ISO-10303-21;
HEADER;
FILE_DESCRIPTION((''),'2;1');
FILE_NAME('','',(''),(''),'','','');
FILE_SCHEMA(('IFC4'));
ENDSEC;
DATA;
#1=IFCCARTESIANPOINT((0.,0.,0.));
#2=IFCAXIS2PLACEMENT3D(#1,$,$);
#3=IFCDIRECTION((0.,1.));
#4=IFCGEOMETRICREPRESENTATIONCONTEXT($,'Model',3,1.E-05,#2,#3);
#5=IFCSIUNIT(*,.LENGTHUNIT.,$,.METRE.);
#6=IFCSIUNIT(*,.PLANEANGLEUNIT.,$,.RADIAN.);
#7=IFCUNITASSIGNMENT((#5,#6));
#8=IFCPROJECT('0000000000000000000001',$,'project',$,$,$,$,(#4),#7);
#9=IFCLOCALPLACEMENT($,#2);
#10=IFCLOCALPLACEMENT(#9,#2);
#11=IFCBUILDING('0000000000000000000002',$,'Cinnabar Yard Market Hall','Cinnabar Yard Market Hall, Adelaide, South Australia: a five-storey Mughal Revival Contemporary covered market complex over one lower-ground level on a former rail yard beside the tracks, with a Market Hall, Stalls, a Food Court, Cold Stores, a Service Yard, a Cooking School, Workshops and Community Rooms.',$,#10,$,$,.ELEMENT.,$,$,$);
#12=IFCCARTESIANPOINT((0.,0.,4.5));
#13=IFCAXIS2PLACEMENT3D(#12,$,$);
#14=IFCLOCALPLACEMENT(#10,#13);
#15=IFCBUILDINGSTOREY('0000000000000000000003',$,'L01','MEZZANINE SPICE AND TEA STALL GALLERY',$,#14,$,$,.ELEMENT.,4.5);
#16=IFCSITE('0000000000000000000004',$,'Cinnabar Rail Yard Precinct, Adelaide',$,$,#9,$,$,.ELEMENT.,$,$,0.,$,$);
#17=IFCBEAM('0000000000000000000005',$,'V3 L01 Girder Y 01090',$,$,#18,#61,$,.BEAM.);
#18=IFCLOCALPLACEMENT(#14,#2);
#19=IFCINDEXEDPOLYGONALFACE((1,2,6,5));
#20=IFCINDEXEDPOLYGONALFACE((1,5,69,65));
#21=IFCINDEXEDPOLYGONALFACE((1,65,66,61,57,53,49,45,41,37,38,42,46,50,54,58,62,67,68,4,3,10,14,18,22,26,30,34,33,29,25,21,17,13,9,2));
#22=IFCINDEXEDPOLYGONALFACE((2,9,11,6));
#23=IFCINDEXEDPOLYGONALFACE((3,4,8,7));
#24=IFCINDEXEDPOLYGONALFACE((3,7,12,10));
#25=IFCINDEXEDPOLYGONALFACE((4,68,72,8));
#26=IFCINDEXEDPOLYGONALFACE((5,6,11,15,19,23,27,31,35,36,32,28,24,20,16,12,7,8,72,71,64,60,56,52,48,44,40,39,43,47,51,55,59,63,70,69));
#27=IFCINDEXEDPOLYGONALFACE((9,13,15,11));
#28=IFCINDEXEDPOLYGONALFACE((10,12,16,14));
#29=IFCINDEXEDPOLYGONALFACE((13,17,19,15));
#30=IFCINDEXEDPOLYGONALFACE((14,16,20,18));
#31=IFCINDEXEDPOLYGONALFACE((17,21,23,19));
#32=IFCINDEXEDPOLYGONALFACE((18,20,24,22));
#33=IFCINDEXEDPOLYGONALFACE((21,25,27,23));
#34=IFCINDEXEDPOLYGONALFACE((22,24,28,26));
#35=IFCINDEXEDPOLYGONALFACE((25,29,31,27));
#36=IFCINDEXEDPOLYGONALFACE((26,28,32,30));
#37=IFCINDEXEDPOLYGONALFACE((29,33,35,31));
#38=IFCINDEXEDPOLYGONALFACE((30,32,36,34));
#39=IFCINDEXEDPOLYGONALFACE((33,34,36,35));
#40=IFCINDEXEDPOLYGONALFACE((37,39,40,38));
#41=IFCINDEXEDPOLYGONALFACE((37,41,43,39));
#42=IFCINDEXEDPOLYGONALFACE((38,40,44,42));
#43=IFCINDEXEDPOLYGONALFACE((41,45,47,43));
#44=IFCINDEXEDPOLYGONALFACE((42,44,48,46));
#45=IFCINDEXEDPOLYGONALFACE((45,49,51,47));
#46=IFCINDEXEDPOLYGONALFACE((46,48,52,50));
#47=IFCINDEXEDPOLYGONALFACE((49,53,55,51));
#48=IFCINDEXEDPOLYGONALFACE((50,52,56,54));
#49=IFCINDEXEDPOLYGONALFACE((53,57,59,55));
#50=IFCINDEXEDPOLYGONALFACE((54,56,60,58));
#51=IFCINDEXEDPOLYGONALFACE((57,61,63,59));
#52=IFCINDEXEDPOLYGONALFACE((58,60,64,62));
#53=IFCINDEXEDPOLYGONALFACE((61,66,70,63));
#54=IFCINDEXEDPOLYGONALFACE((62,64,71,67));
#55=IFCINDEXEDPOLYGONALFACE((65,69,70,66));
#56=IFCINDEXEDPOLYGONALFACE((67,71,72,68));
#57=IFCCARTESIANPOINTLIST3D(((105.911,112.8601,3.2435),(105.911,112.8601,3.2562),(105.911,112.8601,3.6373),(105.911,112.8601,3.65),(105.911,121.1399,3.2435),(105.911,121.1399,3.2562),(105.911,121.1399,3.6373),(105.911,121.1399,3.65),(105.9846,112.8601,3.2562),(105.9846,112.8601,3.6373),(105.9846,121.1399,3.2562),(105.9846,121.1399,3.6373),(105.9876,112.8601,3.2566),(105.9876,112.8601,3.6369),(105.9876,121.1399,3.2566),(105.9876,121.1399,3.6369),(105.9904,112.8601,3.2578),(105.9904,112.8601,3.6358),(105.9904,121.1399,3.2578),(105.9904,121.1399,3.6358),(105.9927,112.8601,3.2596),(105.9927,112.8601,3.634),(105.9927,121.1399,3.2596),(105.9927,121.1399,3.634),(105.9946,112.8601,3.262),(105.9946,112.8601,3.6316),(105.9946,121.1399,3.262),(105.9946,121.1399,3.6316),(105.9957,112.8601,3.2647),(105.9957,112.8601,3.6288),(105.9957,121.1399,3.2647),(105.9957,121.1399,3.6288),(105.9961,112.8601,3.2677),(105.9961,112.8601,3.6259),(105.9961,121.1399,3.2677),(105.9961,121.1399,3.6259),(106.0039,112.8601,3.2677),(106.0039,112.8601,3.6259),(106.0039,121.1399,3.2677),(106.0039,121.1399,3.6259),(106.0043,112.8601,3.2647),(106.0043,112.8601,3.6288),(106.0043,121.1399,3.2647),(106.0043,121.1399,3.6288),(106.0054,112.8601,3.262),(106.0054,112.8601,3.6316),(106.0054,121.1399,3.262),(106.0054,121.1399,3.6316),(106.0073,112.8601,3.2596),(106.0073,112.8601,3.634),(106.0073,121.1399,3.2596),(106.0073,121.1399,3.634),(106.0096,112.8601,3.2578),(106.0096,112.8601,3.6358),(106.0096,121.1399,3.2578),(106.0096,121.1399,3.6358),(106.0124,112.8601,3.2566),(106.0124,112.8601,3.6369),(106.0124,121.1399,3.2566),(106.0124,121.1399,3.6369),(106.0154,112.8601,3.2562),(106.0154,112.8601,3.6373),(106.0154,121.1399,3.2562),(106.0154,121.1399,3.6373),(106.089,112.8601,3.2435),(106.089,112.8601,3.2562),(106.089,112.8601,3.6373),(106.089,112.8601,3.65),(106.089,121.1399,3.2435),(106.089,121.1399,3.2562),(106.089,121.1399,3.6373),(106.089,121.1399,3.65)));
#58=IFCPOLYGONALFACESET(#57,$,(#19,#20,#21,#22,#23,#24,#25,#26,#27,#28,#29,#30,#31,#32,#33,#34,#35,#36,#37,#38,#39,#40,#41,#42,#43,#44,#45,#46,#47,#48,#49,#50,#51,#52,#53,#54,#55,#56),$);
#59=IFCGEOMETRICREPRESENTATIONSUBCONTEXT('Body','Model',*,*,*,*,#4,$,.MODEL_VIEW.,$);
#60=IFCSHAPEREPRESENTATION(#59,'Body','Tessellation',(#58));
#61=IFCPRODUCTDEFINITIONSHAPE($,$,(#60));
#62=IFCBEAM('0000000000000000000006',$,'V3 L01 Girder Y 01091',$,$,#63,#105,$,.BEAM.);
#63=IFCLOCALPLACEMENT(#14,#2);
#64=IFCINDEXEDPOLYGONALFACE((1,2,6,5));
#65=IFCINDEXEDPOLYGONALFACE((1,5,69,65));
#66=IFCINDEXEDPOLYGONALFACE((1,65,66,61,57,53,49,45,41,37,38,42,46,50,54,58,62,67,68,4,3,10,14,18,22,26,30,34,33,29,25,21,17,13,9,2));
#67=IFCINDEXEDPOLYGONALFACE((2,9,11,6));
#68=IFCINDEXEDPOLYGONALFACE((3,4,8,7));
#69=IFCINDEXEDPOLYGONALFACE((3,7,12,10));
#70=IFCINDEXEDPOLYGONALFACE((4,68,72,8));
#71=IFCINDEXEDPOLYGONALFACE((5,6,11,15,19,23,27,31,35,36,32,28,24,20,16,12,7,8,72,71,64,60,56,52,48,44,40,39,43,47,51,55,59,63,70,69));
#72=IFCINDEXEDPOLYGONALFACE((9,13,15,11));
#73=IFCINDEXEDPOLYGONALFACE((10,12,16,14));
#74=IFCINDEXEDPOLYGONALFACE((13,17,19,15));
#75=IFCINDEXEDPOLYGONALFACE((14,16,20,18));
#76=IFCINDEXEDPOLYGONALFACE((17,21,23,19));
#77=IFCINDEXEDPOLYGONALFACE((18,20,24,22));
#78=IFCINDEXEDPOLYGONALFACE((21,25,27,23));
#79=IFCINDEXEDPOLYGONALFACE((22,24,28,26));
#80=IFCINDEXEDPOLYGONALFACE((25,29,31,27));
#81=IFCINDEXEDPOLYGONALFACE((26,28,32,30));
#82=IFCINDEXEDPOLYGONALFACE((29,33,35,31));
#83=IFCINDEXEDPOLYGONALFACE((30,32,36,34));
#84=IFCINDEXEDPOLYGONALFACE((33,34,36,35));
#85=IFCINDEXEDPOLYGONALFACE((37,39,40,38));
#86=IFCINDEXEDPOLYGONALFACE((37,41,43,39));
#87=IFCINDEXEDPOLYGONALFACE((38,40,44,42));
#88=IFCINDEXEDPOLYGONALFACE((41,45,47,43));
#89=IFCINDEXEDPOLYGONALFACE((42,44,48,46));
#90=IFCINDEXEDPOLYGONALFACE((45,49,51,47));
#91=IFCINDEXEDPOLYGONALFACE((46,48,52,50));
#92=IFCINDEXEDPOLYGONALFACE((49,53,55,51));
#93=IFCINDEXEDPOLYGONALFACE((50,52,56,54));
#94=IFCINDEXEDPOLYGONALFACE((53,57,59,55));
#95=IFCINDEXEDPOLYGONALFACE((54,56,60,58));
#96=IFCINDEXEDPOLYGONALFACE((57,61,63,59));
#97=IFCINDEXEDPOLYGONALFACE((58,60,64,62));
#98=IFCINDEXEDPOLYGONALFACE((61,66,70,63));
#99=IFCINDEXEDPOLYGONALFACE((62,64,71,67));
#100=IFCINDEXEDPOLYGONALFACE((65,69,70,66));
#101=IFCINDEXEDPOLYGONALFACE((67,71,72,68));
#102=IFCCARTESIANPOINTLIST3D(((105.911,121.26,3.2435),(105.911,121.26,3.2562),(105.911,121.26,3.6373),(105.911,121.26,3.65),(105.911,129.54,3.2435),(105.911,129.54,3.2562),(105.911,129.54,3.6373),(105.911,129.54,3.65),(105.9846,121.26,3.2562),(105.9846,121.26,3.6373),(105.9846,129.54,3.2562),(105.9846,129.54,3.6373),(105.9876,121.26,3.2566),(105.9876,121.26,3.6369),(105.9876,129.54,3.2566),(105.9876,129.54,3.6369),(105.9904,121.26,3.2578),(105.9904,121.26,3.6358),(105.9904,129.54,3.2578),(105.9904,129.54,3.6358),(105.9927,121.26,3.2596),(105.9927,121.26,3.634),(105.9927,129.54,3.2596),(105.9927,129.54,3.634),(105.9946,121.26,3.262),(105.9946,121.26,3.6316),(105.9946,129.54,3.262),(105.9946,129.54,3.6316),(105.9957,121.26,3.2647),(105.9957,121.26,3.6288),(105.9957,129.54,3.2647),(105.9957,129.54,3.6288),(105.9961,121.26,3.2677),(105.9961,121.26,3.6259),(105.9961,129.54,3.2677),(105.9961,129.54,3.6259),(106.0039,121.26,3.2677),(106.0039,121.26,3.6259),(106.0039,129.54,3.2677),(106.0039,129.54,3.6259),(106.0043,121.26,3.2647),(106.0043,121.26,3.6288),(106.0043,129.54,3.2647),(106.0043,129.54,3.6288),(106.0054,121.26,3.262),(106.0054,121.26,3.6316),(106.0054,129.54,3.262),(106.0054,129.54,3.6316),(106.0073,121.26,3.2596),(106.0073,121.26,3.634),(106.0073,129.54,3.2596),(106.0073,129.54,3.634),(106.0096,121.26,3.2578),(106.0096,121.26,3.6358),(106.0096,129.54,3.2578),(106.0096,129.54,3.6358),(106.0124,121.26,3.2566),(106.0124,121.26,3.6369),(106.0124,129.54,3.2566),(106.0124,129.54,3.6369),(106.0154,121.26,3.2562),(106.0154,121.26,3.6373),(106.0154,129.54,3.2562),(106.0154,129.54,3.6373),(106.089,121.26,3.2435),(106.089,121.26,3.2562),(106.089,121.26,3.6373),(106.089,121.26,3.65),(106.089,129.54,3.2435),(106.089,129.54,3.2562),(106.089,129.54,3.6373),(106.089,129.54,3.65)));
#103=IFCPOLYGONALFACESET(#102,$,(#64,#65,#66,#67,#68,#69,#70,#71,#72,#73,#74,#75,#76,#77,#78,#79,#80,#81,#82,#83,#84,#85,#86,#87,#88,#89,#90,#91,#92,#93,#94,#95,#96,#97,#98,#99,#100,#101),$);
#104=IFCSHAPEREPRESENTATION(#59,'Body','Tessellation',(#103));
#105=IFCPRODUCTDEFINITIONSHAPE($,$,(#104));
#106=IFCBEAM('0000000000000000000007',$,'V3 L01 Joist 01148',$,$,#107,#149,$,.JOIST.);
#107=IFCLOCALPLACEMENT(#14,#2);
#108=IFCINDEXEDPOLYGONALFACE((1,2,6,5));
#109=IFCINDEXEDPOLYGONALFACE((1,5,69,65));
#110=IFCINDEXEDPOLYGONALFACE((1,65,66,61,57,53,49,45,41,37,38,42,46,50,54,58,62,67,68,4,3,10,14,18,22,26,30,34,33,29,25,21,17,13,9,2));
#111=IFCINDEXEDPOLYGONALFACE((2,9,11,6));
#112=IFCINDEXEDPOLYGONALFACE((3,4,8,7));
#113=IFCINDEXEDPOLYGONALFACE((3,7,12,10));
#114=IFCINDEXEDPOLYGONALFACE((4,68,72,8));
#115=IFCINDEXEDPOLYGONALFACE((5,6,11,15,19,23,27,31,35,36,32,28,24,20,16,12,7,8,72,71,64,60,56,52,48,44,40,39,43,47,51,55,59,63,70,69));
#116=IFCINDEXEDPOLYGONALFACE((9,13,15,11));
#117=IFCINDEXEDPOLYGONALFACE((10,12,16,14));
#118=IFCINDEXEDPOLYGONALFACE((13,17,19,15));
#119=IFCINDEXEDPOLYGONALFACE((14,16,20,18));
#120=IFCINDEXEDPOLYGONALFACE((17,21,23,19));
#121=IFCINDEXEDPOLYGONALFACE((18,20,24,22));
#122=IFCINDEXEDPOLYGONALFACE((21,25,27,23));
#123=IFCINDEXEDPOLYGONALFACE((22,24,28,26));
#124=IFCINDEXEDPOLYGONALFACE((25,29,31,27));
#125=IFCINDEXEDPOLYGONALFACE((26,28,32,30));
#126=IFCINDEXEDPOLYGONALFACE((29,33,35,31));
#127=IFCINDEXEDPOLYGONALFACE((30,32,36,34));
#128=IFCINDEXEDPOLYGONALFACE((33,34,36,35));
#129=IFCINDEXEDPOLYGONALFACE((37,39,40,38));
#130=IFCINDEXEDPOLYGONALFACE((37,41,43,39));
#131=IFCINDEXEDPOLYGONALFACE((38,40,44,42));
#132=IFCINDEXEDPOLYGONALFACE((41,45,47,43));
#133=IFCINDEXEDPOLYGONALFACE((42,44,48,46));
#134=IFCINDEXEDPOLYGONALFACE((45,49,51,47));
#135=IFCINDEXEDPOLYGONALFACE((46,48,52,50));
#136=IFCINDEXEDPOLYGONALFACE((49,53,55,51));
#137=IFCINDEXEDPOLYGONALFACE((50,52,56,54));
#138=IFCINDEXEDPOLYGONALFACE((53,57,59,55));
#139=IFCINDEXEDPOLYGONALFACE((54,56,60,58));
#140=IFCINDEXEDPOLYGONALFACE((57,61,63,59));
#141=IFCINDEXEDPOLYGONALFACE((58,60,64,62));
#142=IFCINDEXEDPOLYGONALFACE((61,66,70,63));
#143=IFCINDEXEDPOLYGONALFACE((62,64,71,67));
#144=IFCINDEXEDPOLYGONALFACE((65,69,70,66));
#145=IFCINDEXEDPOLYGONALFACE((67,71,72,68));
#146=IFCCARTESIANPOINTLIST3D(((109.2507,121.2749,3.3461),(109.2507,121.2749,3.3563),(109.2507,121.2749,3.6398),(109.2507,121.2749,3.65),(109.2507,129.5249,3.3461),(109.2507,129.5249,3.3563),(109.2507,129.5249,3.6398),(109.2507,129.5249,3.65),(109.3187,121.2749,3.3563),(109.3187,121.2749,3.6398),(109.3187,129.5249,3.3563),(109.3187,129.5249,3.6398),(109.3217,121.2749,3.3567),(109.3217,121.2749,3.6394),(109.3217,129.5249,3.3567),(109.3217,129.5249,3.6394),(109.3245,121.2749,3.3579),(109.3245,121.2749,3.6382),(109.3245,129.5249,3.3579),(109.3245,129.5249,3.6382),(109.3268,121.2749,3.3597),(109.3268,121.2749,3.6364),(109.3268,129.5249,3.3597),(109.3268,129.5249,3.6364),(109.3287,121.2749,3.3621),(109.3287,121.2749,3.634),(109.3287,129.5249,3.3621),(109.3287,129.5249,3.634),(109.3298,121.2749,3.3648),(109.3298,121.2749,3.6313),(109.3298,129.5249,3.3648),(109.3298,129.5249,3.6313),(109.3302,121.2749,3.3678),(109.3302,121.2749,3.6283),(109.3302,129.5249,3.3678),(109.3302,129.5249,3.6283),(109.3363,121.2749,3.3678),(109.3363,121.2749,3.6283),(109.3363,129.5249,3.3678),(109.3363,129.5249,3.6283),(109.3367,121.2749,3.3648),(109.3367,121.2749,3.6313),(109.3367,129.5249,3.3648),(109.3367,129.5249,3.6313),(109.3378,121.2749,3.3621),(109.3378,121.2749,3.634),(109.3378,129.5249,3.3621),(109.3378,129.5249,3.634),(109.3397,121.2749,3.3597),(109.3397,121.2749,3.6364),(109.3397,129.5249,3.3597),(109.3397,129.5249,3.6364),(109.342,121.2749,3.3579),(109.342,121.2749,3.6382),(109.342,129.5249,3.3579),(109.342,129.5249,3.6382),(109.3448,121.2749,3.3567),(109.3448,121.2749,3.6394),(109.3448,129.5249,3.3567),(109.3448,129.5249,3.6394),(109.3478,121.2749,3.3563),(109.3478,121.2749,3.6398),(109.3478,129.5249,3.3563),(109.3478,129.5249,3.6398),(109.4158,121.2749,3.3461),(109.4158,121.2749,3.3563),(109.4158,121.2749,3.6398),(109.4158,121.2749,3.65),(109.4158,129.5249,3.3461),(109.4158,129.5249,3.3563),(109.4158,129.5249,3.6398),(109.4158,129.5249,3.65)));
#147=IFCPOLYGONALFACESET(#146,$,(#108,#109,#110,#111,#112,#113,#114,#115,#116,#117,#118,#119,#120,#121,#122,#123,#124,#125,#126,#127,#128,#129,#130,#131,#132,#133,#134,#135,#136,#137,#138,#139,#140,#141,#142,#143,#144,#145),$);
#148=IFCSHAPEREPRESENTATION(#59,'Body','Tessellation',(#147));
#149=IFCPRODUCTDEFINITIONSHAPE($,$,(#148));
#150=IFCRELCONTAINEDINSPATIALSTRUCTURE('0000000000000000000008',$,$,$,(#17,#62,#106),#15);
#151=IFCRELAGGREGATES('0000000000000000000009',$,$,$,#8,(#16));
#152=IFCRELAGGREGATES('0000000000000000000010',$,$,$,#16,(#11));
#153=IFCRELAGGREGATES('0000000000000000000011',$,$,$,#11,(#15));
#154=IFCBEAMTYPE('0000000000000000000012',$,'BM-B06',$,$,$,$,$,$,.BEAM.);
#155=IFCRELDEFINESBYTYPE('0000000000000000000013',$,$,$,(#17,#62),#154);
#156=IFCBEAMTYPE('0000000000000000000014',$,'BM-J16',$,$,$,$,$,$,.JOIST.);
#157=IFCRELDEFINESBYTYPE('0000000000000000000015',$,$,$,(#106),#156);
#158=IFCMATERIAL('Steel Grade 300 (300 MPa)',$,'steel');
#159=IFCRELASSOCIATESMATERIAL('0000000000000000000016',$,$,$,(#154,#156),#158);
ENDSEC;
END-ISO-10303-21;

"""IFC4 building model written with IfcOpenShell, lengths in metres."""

from ifc_helpers import new_model, si_unit, direction, frame, origin, origin_2d_with_axis, place, context, subcontext, project, spatial, i_section, extrude, material, material_profile, profile_set, type_object, element, save


model = new_model("IFC4")

# Units and contexts
model_context = context("Model", 3, precision=1e-05, world=origin(), true_north=direction((0.0, 1.0)))
body_context = subcontext(model_context, "Body", "Model", "MODEL_VIEW")
ifc_project = project(units=[si_unit("LENGTHUNIT", "METRE"), si_unit("PLANEANGLEUNIT", "RADIAN")], contexts=[model_context])

# Site, building, storey
site_placement = place(None, origin())
site = spatial("IfcSite", under=ifc_project, at=site_placement, Name="Cinnabar Rail Yard Precinct, Adelaide", CompositionType="ELEMENT", RefElevation=0.0)
building_placement = place(site_placement, origin())
building = spatial("IfcBuilding", under=site, at=building_placement, Name="Cinnabar Yard Market Hall", Description="Cinnabar Yard Market Hall, Adelaide, South Australia: a five-storey Mughal Revival Contemporary covered market complex over one lower-ground level on a former rail yard beside the tracks, with a Market Hall, Stalls, a Food Court, Cold Stores, a Service Yard, a Cooking School, Workshops and Community Rooms.", CompositionType="ELEMENT")
storey_placement = place(building_placement, frame((0.0, 0.0, 4.5)))
storey = spatial("IfcBuildingStorey", under=building, at=storey_placement, Name="L01", Description="MEZZANINE SPICE AND TEA STALL GALLERY", CompositionType="ELEMENT", Elevation=4.5)

# Beams
ifc_material_1 = material(Name="Steel Grade 300 (300 MPa)", Category="steel")
ifc_material_profile_1 = material_profile(ifc_material_1, i_section(OverallWidth=0.178, OverallDepth=0.4065, WebThickness=0.0078, FlangeThickness=0.0127, FilletRadius=0.0115, at=origin_2d_with_axis()), Name="410UB59.7")
ifc_profile_set_1 = profile_set([ifc_material_profile_1], Name="Steel Grade 300 (300 MPa)")
beam_type_1 = type_object("IfcBeamType", Name="BM-B06", PredefinedType="BEAM", material=ifc_profile_set_1)
beam_1_placement = place(storey_placement, frame((106.0, 112.8601, 3.4468), z_axis=(0.0, 1.0, 0.0), x_axis=(-1.0, 0.0, 0.0)))
element("IfcBeam", 1, at=beam_1_placement, inside=storey, type_object=beam_type_1, Name="V3 L01 Girder Y 01090", PredefinedType="BEAM", context=body_context, shape_type="SweptSolid", body=[
    extrude(i_section(OverallWidth=0.178, OverallDepth=0.4065, WebThickness=0.0078, FlangeThickness=0.0127, FilletRadius=0.0115, at=origin_2d_with_axis()), origin(), (0.0, 0.0, 1.0), 8.2798),
])
beam_2_placement = place(storey_placement, frame((106.0, 121.26, 3.4468), z_axis=(0.0, 1.0, 0.0), x_axis=(-1.0, 0.0, 0.0)))
element("IfcBeam", 2, at=beam_2_placement, inside=storey, type_object=beam_type_1, Name="V3 L01 Girder Y 01091", PredefinedType="BEAM", context=body_context, shape_type="SweptSolid", body=[
    extrude(i_section(OverallWidth=0.178, OverallDepth=0.4065, WebThickness=0.0078, FlangeThickness=0.0127, FilletRadius=0.0115, at=origin_2d_with_axis()), origin(), (0.0, 0.0, 1.0), 8.28),
])
ifc_material_profile_2 = material_profile(ifc_material_1, i_section(OverallWidth=0.165, OverallDepth=0.304, WebThickness=0.0061, FlangeThickness=0.0103, FilletRadius=0.0115, at=origin_2d_with_axis()), Name="310UB40.4")
ifc_profile_set_2 = profile_set([ifc_material_profile_2], Name="Steel Grade 300 (300 MPa)")
beam_type_2 = type_object("IfcBeamType", Name="BM-J16", PredefinedType="JOIST", material=ifc_profile_set_2)
beam_3_placement = place(storey_placement, frame((109.3333, 121.2749, 3.498), z_axis=(0.0, 1.0, 0.0), x_axis=(-1.0, 0.0, 0.0)))
element("IfcBeam", 3, at=beam_3_placement, inside=storey, type_object=beam_type_2, Name="V3 L01 Joist 01148", PredefinedType="JOIST", context=body_context, shape_type="SweptSolid", body=[
    extrude(i_section(OverallWidth=0.165, OverallDepth=0.304, WebThickness=0.0061, FlangeThickness=0.0103, FilletRadius=0.0115, at=origin_2d_with_axis()), origin(), (0.0, 0.0, 1.0), 8.25),
])

save(model, "model.ifc")
